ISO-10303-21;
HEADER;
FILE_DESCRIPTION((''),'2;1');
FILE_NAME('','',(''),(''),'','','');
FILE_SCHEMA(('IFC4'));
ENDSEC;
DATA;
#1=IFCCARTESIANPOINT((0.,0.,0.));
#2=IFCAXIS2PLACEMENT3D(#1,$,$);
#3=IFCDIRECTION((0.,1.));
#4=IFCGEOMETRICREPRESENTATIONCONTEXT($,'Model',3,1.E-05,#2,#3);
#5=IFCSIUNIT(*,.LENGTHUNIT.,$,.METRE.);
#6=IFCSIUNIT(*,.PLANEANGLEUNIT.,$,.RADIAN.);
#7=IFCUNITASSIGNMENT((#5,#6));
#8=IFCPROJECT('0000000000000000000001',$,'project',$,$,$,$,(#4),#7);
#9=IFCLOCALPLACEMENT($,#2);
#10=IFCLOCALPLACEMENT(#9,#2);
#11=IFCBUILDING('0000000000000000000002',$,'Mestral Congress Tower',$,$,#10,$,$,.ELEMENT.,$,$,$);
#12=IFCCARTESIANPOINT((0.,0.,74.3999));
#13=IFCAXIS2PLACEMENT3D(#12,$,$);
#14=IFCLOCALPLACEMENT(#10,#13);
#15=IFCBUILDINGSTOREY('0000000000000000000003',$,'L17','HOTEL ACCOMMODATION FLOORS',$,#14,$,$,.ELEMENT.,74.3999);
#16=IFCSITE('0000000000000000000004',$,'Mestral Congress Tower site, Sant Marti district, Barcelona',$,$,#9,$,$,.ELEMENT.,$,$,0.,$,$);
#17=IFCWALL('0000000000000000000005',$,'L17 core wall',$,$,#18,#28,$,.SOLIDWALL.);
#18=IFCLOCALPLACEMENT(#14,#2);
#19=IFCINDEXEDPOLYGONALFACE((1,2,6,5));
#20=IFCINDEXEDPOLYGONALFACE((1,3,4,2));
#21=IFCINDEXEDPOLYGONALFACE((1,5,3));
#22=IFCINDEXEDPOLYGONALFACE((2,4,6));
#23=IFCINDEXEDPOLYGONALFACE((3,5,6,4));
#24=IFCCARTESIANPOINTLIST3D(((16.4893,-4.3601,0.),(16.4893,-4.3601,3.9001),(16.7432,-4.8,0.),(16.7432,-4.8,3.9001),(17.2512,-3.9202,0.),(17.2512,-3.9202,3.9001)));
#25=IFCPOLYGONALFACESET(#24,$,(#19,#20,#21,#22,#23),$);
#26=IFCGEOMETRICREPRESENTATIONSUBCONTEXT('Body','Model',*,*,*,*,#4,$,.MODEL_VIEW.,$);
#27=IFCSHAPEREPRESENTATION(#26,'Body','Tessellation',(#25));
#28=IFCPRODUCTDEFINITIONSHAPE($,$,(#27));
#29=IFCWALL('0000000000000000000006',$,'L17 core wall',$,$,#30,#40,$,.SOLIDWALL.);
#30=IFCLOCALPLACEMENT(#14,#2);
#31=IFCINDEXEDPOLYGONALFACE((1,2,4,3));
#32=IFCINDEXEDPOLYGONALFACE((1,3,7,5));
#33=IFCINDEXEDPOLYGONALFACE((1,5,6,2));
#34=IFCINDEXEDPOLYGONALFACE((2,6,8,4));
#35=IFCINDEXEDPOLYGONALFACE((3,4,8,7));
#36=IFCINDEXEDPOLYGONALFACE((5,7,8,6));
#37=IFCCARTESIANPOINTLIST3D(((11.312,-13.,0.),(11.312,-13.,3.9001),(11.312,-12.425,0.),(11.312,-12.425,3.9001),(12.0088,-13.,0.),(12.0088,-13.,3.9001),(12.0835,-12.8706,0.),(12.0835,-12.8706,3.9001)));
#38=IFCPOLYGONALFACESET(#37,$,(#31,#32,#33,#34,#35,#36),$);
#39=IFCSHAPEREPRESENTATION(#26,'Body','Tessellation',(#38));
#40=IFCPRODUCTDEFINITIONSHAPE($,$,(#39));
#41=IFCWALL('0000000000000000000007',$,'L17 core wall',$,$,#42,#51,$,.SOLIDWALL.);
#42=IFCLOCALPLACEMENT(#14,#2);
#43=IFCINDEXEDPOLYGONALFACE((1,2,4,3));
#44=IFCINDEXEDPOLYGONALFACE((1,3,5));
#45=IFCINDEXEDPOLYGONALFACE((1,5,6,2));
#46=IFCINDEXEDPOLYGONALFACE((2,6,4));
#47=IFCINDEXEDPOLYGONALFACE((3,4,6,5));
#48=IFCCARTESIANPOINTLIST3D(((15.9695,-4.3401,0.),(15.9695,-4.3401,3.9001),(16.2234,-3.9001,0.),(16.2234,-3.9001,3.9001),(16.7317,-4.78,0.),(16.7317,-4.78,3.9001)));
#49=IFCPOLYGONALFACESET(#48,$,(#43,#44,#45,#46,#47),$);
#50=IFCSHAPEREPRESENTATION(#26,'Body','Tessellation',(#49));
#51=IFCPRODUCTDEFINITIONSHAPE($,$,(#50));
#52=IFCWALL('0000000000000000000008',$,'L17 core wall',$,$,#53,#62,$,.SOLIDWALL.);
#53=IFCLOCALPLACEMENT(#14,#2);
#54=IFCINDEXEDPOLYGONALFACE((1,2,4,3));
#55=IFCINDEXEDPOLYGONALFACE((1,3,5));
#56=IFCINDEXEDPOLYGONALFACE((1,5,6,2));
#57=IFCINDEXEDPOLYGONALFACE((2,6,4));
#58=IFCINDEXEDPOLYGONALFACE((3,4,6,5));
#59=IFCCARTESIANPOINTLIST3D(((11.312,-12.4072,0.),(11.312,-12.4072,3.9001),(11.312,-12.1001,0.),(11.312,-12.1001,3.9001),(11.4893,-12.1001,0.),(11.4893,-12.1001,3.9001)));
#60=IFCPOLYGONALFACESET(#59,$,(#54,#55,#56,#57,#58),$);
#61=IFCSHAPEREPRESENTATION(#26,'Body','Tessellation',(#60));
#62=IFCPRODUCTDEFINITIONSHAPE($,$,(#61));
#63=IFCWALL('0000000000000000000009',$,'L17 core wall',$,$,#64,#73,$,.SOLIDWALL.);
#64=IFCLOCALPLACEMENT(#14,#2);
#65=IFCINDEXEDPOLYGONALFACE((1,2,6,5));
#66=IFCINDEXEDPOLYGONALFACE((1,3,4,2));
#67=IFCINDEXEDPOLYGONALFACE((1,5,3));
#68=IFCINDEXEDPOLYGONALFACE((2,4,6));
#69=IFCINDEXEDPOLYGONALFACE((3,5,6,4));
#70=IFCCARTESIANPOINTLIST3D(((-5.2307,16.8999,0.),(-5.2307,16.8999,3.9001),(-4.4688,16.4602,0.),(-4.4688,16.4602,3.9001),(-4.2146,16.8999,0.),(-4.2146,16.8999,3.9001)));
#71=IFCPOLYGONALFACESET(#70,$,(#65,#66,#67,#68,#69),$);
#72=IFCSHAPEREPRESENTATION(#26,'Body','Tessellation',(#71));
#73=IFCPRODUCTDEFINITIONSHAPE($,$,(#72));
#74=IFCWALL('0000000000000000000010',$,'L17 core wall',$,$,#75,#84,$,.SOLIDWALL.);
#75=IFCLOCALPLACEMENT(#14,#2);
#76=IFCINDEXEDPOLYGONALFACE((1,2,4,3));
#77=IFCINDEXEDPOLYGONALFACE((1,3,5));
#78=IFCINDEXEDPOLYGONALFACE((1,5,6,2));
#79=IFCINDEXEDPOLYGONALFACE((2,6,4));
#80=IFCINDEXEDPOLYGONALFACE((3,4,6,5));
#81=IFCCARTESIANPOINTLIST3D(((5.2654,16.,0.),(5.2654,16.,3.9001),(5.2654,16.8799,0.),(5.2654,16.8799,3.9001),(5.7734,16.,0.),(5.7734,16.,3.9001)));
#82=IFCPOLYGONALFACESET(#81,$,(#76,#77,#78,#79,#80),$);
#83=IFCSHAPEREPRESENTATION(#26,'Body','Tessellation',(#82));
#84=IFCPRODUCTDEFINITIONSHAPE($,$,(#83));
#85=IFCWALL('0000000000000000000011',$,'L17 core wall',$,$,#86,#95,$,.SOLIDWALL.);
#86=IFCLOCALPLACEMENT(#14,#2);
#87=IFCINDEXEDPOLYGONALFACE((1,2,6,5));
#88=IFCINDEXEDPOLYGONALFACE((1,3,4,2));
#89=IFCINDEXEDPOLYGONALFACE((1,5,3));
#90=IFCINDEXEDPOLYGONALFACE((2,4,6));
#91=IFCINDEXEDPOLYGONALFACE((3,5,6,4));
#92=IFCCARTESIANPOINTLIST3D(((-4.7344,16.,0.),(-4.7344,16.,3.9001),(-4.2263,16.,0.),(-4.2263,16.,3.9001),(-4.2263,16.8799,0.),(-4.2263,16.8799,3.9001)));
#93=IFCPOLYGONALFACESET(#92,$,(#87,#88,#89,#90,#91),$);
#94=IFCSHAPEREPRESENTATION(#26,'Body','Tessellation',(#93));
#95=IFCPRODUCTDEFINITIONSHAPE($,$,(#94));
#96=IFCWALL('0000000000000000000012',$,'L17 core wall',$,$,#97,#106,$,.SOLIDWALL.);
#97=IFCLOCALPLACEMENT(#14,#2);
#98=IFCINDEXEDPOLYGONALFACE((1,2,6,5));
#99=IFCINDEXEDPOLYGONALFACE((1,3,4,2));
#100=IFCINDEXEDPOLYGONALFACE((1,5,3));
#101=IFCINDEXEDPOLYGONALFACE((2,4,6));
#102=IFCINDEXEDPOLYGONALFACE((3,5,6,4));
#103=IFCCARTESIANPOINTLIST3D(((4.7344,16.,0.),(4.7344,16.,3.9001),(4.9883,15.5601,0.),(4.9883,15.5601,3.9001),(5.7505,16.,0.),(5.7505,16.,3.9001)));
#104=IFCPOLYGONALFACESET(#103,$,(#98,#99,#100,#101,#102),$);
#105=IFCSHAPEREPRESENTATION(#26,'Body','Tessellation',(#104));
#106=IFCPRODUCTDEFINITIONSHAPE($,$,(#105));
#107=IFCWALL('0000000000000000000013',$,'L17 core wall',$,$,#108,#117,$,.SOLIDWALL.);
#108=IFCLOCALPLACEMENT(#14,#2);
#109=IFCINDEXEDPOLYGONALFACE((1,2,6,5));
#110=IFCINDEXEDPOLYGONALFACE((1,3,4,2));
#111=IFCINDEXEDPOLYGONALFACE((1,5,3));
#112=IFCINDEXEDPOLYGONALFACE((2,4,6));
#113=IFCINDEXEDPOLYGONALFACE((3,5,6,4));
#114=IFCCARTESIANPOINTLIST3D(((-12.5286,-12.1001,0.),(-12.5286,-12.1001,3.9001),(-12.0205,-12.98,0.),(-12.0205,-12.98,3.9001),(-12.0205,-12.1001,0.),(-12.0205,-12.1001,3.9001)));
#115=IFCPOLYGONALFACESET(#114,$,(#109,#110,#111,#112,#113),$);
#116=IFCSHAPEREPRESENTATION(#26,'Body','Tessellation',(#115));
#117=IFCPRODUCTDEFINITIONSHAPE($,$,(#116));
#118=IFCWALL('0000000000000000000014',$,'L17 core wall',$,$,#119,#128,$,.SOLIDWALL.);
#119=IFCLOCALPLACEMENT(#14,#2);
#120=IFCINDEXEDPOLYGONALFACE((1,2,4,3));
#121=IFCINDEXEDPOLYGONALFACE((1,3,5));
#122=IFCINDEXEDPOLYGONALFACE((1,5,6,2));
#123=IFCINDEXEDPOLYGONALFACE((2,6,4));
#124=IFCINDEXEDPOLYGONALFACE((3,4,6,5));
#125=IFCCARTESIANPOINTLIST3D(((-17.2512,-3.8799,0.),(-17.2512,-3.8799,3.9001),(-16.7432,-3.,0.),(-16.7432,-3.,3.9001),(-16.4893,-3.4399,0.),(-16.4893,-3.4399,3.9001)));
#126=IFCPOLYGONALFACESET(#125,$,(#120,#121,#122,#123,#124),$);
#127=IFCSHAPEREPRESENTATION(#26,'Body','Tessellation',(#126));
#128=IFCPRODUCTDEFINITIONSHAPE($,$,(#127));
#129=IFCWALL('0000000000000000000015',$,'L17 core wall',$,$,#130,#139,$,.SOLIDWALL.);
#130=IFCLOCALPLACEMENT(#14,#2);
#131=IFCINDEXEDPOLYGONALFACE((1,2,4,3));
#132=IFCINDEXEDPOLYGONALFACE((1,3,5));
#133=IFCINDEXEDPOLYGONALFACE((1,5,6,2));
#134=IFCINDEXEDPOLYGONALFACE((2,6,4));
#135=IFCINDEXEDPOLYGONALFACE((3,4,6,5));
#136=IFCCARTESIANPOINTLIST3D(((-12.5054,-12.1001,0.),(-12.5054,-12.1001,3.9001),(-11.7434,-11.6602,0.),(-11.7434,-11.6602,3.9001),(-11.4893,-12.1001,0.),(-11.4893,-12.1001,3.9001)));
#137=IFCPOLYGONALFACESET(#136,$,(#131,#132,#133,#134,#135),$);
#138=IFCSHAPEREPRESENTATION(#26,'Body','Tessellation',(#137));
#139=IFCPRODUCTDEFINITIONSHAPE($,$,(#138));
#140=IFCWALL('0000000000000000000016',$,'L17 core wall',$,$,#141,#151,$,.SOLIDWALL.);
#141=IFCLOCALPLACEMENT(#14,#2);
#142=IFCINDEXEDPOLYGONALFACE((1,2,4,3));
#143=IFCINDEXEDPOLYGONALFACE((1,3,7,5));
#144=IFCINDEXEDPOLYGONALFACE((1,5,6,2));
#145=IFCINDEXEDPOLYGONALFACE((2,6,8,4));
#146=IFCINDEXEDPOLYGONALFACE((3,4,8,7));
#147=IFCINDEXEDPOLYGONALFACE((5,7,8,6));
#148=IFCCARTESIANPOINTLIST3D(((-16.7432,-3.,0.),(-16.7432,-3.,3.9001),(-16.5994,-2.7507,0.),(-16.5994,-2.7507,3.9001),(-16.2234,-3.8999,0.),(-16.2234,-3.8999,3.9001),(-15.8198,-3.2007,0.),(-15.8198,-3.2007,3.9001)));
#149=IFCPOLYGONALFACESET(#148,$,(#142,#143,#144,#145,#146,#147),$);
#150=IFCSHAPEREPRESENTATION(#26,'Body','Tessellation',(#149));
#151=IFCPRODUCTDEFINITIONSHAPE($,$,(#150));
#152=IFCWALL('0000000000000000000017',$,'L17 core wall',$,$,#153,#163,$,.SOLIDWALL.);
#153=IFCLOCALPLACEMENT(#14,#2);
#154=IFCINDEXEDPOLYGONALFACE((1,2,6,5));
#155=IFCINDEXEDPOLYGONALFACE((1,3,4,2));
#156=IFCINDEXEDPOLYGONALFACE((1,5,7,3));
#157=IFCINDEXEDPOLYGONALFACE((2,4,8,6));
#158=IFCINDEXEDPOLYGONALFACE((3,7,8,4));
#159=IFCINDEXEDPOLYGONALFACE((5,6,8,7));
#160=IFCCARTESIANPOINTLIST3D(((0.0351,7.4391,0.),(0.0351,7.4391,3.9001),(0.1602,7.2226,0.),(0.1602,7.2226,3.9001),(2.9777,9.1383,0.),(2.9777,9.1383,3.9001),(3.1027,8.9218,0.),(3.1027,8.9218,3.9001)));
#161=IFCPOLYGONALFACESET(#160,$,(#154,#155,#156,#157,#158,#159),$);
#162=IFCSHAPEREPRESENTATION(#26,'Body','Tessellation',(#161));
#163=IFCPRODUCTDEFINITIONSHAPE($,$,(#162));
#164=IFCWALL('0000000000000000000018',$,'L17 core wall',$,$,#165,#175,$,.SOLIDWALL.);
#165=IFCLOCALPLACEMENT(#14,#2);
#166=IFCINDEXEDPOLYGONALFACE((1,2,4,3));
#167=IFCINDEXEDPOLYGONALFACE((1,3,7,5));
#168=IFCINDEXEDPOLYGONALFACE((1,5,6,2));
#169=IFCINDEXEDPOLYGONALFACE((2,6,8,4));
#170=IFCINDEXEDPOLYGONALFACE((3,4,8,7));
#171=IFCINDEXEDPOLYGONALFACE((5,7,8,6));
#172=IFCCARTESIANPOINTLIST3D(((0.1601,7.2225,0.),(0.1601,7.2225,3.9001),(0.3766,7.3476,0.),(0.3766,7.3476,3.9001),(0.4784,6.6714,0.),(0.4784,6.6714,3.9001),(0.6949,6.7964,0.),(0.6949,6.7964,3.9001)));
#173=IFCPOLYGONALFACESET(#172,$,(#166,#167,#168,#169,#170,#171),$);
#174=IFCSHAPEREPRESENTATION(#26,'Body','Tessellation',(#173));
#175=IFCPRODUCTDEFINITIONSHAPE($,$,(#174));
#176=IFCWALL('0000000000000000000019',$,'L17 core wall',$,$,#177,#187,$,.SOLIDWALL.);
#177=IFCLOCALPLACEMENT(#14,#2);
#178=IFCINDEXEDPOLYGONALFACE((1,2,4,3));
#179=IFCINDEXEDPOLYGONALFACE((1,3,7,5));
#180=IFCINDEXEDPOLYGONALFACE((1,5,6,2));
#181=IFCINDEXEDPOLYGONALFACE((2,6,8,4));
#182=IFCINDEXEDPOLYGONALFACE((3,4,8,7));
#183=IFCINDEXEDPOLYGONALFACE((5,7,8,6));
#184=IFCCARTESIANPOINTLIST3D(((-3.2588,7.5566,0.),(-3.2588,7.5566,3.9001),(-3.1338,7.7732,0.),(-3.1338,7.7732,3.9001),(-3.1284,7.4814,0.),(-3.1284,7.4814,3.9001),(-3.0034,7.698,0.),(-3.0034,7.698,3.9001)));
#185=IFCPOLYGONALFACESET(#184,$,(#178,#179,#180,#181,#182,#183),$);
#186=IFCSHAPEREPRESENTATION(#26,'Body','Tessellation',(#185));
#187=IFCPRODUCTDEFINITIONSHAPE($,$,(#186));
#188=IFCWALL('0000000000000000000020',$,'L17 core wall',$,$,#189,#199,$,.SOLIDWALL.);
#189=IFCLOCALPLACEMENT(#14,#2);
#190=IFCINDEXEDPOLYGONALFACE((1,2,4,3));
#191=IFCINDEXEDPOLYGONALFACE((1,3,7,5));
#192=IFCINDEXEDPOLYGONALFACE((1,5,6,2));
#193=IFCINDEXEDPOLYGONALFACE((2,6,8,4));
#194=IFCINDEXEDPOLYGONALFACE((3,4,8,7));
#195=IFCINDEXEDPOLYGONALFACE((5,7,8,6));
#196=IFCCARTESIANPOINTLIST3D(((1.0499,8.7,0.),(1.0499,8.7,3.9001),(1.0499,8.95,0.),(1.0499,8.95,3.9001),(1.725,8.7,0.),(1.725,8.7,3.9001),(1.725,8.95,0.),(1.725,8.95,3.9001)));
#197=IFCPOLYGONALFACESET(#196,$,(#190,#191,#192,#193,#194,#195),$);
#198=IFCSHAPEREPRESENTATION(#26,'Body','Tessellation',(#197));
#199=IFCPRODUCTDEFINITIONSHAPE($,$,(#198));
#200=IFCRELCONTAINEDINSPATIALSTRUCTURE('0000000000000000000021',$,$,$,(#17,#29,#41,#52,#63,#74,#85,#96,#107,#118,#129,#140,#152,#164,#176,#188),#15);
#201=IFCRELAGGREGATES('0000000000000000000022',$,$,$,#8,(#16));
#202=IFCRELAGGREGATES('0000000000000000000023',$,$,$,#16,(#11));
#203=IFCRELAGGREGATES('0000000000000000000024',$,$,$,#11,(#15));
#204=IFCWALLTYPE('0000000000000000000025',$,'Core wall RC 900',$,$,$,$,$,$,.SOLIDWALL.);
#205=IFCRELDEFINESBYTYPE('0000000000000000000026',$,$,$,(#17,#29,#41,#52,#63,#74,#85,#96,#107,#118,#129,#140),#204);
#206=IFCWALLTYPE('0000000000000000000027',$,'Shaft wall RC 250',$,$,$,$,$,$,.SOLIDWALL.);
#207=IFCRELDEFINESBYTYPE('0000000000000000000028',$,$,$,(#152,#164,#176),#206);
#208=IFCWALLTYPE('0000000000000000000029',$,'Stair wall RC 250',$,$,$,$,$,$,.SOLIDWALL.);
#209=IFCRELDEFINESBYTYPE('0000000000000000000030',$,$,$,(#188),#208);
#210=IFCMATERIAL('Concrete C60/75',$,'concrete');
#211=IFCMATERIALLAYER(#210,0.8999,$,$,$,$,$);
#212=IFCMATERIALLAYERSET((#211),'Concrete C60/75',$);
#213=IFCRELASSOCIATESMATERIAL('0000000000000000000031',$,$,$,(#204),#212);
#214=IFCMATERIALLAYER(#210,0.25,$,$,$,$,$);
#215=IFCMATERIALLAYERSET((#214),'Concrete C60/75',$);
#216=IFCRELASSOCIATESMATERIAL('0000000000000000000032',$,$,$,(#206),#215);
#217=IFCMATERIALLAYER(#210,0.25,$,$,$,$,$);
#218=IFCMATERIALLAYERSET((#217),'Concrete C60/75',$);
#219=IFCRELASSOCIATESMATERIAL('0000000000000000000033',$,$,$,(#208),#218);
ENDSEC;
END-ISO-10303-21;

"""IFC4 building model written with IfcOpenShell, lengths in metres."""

from ifc_helpers import new_model, si_unit, direction, frame, frame_2d, origin, place, context, subcontext, project, spatial, polyline, rectangle, outline, extrude, material, layer, layer_set, type_object, element, save


model = new_model("IFC4")

# Units and contexts
model_context = context("Model", 3, precision=1e-05, world=origin(), true_north=direction((0.0, 1.0)))
body_context = subcontext(model_context, "Body", "Model", "MODEL_VIEW")
ifc_project = project(units=[si_unit("LENGTHUNIT", "METRE"), si_unit("PLANEANGLEUNIT", "RADIAN")], contexts=[model_context])

# Site, building, storey
site_placement = place(None, origin())
site = spatial("IfcSite", under=ifc_project, at=site_placement, Name="Mestral Congress Tower site, Sant Marti district, Barcelona", CompositionType="ELEMENT", RefElevation=0.0)
building_placement = place(site_placement, origin())
building = spatial("IfcBuilding", under=site, at=building_placement, Name="Mestral Congress Tower", CompositionType="ELEMENT")
storey_placement = place(building_placement, frame((0.0, 0.0, 74.3999)))
storey = spatial("IfcBuildingStorey", under=building, at=storey_placement, Name="L17", Description="HOTEL ACCOMMODATION FLOORS", CompositionType="ELEMENT", Elevation=74.3999)

# Shared definitions
ifc_material_1 = material(Name="Concrete C60/75", Category="concrete")

# Shared definitions
placement_1 = place(storey_placement, origin())

# Walls
ifc_layer_1 = layer(ifc_material_1, 0.8999)
ifc_layer_set_1 = layer_set([ifc_layer_1], Name="Concrete C60/75")
wall_type_1 = type_object("IfcWallType", Name="Core wall RC 900", PredefinedType="SOLIDWALL", material=ifc_layer_set_1)
element("IfcWall", 1, at=placement_1, inside=storey, type_object=wall_type_1, Name="L17 core wall", PredefinedType="SOLIDWALL", context=body_context, shape_type="SweptSolid", body=[
    extrude(outline(polyline([(16.7432, -4.8), (16.4893, -4.3601), (17.2512, -3.9202), (16.7432, -4.8)])), origin(), (0.0, 0.0, 1.0), 3.9001),
])
element("IfcWall", 2, at=placement_1, inside=storey, type_object=wall_type_1, Name="L17 core wall", PredefinedType="SOLIDWALL", context=body_context, shape_type="SweptSolid", body=[
    extrude(outline(polyline([(12.0088, -13.0), (11.312, -13.0), (11.312, -12.425), (12.0835, -12.8706), (12.0088, -13.0)])), origin(), (0.0, 0.0, 1.0), 3.9001),
])
element("IfcWall", 3, at=placement_1, inside=storey, type_object=wall_type_1, Name="L17 core wall", PredefinedType="SOLIDWALL", context=body_context, shape_type="SweptSolid", body=[
    extrude(outline(polyline([(16.2234, -3.9001), (16.7317, -4.78), (15.9695, -4.3401), (16.2234, -3.9001)])), origin(), (0.0, 0.0, 1.0), 3.9001),
])
element("IfcWall", 4, at=placement_1, inside=storey, type_object=wall_type_1, Name="L17 core wall", PredefinedType="SOLIDWALL", context=body_context, shape_type="SweptSolid", body=[
    extrude(outline(polyline([(11.4893, -12.1001), (11.312, -12.4072), (11.312, -12.1001), (11.4893, -12.1001)])), origin(), (0.0, 0.0, 1.0), 3.9001),
])
element("IfcWall", 5, at=placement_1, inside=storey, type_object=wall_type_1, Name="L17 core wall", PredefinedType="SOLIDWALL", context=body_context, shape_type="SweptSolid", body=[
    extrude(outline(polyline([(-4.2146, 16.8999), (-4.4688, 16.4602), (-5.2307, 16.8999), (-4.2146, 16.8999)])), origin(), (0.0, 0.0, 1.0), 3.9001),
])
element("IfcWall", 6, at=placement_1, inside=storey, type_object=wall_type_1, Name="L17 core wall", PredefinedType="SOLIDWALL", context=body_context, shape_type="SweptSolid", body=[
    extrude(outline(polyline([(5.2654, 16.0), (5.2654, 16.8799), (5.7734, 16.0), (5.2654, 16.0)])), origin(), (0.0, 0.0, 1.0), 3.9001),
])
element("IfcWall", 7, at=placement_1, inside=storey, type_object=wall_type_1, Name="L17 core wall", PredefinedType="SOLIDWALL", context=body_context, shape_type="SweptSolid", body=[
    extrude(outline(polyline([(-4.7344, 16.0), (-4.2263, 16.8799), (-4.2263, 16.0), (-4.7344, 16.0)])), origin(), (0.0, 0.0, 1.0), 3.9001),
])
element("IfcWall", 8, at=placement_1, inside=storey, type_object=wall_type_1, Name="L17 core wall", PredefinedType="SOLIDWALL", context=body_context, shape_type="SweptSolid", body=[
    extrude(outline(polyline([(4.7344, 16.0), (5.7505, 16.0), (4.9883, 15.5601), (4.7344, 16.0)])), origin(), (0.0, 0.0, 1.0), 3.9001),
])
element("IfcWall", 9, at=placement_1, inside=storey, type_object=wall_type_1, Name="L17 core wall", PredefinedType="SOLIDWALL", context=body_context, shape_type="SweptSolid", body=[
    extrude(outline(polyline([(-12.5286, -12.1001), (-12.0205, -12.1001), (-12.0205, -12.98), (-12.5286, -12.1001)])), origin(), (0.0, 0.0, 1.0), 3.9001),
])
element("IfcWall", 10, at=placement_1, inside=storey, type_object=wall_type_1, Name="L17 core wall", PredefinedType="SOLIDWALL", context=body_context, shape_type="SweptSolid", body=[
    extrude(outline(polyline([(-16.4893, -3.4399), (-17.2512, -3.8799), (-16.7432, -3.0), (-16.4893, -3.4399)])), origin(), (0.0, 0.0, 1.0), 3.9001),
])
element("IfcWall", 11, at=placement_1, inside=storey, type_object=wall_type_1, Name="L17 core wall", PredefinedType="SOLIDWALL", context=body_context, shape_type="SweptSolid", body=[
    extrude(outline(polyline([(-11.4893, -12.1001), (-12.5054, -12.1001), (-11.7434, -11.6602), (-11.4893, -12.1001)])), origin(), (0.0, 0.0, 1.0), 3.9001),
])
element("IfcWall", 12, at=placement_1, inside=storey, type_object=wall_type_1, Name="L17 core wall", PredefinedType="SOLIDWALL", context=body_context, shape_type="SweptSolid", body=[
    extrude(outline(polyline([(-15.8198, -3.2007), (-16.2234, -3.8999), (-16.7432, -3.0), (-16.5994, -2.7507), (-15.8198, -3.2007)])), origin(), (0.0, 0.0, 1.0), 3.9001),
])
ifc_layer_2 = layer(ifc_material_1, 0.25)
ifc_layer_set_2 = layer_set([ifc_layer_2], Name="Concrete C60/75")
wall_type_2 = type_object("IfcWallType", Name="Shaft wall RC 250", PredefinedType="SOLIDWALL", material=ifc_layer_set_2)
wall_1_placement = place(storey_placement, frame((0.0977, 7.3308, 0.0), z_axis=(0.0, 0.0, 1.0), x_axis=(0.865988, 0.500065, 0.0)))
element("IfcWall", 13, at=wall_1_placement, inside=storey, type_object=wall_type_2, Name="L17 core wall", PredefinedType="SOLIDWALL", context=body_context, shape_type="SweptSolid", body=[
    extrude(rectangle(XDim=3.3979, YDim=0.25, at=frame_2d((1.699, 0.0))), origin(), (0.0, 0.0, 1.0), 3.9001),
])
wall_2_placement = place(storey_placement, frame((0.2683, 7.2852, 0.0), z_axis=(0.0, 0.0, 1.0), x_axis=(0.500099, -0.865968, 0.0)))
element("IfcWall", 14, at=wall_2_placement, inside=storey, type_object=wall_type_2, Name="L17 core wall", PredefinedType="SOLIDWALL", context=body_context, shape_type="SweptSolid", body=[
    extrude(rectangle(XDim=0.6365, YDim=0.25, at=frame_2d((0.3184, 0.0))), origin(), (0.0, 0.0, 1.0), 3.9001),
])
element("IfcWall", 15, at=placement_1, inside=storey, type_object=wall_type_2, Name="L17 core wall", PredefinedType="SOLIDWALL", context=body_context, shape_type="SweptSolid", body=[
    extrude(outline(polyline([(-3.1284, 7.4814), (-3.2588, 7.5566), (-3.1338, 7.7732), (-3.0034, 7.698), (-3.1284, 7.4814)])), origin(), (0.0, 0.0, 1.0), 3.9001),
])
ifc_layer_3 = layer(ifc_material_1, 0.25)
ifc_layer_set_3 = layer_set([ifc_layer_3], Name="Concrete C60/75")
wall_type_3 = type_object("IfcWallType", Name="Stair wall RC 250", PredefinedType="SOLIDWALL", material=ifc_layer_set_3)
wall_3_placement = place(storey_placement, frame((1.05, 8.825, 0.0), z_axis=(0.0, 0.0, 1.0), x_axis=(1.0, 0.0, 0.0)))
element("IfcWall", 16, at=wall_3_placement, inside=storey, type_object=wall_type_3, Name="L17 core wall", PredefinedType="SOLIDWALL", context=body_context, shape_type="SweptSolid", body=[
    extrude(rectangle(XDim=0.675, YDim=0.25, at=frame_2d((0.3374, 0.0))), origin(), (0.0, 0.0, 1.0), 3.9001),
])

save(model, "model.ifc")
